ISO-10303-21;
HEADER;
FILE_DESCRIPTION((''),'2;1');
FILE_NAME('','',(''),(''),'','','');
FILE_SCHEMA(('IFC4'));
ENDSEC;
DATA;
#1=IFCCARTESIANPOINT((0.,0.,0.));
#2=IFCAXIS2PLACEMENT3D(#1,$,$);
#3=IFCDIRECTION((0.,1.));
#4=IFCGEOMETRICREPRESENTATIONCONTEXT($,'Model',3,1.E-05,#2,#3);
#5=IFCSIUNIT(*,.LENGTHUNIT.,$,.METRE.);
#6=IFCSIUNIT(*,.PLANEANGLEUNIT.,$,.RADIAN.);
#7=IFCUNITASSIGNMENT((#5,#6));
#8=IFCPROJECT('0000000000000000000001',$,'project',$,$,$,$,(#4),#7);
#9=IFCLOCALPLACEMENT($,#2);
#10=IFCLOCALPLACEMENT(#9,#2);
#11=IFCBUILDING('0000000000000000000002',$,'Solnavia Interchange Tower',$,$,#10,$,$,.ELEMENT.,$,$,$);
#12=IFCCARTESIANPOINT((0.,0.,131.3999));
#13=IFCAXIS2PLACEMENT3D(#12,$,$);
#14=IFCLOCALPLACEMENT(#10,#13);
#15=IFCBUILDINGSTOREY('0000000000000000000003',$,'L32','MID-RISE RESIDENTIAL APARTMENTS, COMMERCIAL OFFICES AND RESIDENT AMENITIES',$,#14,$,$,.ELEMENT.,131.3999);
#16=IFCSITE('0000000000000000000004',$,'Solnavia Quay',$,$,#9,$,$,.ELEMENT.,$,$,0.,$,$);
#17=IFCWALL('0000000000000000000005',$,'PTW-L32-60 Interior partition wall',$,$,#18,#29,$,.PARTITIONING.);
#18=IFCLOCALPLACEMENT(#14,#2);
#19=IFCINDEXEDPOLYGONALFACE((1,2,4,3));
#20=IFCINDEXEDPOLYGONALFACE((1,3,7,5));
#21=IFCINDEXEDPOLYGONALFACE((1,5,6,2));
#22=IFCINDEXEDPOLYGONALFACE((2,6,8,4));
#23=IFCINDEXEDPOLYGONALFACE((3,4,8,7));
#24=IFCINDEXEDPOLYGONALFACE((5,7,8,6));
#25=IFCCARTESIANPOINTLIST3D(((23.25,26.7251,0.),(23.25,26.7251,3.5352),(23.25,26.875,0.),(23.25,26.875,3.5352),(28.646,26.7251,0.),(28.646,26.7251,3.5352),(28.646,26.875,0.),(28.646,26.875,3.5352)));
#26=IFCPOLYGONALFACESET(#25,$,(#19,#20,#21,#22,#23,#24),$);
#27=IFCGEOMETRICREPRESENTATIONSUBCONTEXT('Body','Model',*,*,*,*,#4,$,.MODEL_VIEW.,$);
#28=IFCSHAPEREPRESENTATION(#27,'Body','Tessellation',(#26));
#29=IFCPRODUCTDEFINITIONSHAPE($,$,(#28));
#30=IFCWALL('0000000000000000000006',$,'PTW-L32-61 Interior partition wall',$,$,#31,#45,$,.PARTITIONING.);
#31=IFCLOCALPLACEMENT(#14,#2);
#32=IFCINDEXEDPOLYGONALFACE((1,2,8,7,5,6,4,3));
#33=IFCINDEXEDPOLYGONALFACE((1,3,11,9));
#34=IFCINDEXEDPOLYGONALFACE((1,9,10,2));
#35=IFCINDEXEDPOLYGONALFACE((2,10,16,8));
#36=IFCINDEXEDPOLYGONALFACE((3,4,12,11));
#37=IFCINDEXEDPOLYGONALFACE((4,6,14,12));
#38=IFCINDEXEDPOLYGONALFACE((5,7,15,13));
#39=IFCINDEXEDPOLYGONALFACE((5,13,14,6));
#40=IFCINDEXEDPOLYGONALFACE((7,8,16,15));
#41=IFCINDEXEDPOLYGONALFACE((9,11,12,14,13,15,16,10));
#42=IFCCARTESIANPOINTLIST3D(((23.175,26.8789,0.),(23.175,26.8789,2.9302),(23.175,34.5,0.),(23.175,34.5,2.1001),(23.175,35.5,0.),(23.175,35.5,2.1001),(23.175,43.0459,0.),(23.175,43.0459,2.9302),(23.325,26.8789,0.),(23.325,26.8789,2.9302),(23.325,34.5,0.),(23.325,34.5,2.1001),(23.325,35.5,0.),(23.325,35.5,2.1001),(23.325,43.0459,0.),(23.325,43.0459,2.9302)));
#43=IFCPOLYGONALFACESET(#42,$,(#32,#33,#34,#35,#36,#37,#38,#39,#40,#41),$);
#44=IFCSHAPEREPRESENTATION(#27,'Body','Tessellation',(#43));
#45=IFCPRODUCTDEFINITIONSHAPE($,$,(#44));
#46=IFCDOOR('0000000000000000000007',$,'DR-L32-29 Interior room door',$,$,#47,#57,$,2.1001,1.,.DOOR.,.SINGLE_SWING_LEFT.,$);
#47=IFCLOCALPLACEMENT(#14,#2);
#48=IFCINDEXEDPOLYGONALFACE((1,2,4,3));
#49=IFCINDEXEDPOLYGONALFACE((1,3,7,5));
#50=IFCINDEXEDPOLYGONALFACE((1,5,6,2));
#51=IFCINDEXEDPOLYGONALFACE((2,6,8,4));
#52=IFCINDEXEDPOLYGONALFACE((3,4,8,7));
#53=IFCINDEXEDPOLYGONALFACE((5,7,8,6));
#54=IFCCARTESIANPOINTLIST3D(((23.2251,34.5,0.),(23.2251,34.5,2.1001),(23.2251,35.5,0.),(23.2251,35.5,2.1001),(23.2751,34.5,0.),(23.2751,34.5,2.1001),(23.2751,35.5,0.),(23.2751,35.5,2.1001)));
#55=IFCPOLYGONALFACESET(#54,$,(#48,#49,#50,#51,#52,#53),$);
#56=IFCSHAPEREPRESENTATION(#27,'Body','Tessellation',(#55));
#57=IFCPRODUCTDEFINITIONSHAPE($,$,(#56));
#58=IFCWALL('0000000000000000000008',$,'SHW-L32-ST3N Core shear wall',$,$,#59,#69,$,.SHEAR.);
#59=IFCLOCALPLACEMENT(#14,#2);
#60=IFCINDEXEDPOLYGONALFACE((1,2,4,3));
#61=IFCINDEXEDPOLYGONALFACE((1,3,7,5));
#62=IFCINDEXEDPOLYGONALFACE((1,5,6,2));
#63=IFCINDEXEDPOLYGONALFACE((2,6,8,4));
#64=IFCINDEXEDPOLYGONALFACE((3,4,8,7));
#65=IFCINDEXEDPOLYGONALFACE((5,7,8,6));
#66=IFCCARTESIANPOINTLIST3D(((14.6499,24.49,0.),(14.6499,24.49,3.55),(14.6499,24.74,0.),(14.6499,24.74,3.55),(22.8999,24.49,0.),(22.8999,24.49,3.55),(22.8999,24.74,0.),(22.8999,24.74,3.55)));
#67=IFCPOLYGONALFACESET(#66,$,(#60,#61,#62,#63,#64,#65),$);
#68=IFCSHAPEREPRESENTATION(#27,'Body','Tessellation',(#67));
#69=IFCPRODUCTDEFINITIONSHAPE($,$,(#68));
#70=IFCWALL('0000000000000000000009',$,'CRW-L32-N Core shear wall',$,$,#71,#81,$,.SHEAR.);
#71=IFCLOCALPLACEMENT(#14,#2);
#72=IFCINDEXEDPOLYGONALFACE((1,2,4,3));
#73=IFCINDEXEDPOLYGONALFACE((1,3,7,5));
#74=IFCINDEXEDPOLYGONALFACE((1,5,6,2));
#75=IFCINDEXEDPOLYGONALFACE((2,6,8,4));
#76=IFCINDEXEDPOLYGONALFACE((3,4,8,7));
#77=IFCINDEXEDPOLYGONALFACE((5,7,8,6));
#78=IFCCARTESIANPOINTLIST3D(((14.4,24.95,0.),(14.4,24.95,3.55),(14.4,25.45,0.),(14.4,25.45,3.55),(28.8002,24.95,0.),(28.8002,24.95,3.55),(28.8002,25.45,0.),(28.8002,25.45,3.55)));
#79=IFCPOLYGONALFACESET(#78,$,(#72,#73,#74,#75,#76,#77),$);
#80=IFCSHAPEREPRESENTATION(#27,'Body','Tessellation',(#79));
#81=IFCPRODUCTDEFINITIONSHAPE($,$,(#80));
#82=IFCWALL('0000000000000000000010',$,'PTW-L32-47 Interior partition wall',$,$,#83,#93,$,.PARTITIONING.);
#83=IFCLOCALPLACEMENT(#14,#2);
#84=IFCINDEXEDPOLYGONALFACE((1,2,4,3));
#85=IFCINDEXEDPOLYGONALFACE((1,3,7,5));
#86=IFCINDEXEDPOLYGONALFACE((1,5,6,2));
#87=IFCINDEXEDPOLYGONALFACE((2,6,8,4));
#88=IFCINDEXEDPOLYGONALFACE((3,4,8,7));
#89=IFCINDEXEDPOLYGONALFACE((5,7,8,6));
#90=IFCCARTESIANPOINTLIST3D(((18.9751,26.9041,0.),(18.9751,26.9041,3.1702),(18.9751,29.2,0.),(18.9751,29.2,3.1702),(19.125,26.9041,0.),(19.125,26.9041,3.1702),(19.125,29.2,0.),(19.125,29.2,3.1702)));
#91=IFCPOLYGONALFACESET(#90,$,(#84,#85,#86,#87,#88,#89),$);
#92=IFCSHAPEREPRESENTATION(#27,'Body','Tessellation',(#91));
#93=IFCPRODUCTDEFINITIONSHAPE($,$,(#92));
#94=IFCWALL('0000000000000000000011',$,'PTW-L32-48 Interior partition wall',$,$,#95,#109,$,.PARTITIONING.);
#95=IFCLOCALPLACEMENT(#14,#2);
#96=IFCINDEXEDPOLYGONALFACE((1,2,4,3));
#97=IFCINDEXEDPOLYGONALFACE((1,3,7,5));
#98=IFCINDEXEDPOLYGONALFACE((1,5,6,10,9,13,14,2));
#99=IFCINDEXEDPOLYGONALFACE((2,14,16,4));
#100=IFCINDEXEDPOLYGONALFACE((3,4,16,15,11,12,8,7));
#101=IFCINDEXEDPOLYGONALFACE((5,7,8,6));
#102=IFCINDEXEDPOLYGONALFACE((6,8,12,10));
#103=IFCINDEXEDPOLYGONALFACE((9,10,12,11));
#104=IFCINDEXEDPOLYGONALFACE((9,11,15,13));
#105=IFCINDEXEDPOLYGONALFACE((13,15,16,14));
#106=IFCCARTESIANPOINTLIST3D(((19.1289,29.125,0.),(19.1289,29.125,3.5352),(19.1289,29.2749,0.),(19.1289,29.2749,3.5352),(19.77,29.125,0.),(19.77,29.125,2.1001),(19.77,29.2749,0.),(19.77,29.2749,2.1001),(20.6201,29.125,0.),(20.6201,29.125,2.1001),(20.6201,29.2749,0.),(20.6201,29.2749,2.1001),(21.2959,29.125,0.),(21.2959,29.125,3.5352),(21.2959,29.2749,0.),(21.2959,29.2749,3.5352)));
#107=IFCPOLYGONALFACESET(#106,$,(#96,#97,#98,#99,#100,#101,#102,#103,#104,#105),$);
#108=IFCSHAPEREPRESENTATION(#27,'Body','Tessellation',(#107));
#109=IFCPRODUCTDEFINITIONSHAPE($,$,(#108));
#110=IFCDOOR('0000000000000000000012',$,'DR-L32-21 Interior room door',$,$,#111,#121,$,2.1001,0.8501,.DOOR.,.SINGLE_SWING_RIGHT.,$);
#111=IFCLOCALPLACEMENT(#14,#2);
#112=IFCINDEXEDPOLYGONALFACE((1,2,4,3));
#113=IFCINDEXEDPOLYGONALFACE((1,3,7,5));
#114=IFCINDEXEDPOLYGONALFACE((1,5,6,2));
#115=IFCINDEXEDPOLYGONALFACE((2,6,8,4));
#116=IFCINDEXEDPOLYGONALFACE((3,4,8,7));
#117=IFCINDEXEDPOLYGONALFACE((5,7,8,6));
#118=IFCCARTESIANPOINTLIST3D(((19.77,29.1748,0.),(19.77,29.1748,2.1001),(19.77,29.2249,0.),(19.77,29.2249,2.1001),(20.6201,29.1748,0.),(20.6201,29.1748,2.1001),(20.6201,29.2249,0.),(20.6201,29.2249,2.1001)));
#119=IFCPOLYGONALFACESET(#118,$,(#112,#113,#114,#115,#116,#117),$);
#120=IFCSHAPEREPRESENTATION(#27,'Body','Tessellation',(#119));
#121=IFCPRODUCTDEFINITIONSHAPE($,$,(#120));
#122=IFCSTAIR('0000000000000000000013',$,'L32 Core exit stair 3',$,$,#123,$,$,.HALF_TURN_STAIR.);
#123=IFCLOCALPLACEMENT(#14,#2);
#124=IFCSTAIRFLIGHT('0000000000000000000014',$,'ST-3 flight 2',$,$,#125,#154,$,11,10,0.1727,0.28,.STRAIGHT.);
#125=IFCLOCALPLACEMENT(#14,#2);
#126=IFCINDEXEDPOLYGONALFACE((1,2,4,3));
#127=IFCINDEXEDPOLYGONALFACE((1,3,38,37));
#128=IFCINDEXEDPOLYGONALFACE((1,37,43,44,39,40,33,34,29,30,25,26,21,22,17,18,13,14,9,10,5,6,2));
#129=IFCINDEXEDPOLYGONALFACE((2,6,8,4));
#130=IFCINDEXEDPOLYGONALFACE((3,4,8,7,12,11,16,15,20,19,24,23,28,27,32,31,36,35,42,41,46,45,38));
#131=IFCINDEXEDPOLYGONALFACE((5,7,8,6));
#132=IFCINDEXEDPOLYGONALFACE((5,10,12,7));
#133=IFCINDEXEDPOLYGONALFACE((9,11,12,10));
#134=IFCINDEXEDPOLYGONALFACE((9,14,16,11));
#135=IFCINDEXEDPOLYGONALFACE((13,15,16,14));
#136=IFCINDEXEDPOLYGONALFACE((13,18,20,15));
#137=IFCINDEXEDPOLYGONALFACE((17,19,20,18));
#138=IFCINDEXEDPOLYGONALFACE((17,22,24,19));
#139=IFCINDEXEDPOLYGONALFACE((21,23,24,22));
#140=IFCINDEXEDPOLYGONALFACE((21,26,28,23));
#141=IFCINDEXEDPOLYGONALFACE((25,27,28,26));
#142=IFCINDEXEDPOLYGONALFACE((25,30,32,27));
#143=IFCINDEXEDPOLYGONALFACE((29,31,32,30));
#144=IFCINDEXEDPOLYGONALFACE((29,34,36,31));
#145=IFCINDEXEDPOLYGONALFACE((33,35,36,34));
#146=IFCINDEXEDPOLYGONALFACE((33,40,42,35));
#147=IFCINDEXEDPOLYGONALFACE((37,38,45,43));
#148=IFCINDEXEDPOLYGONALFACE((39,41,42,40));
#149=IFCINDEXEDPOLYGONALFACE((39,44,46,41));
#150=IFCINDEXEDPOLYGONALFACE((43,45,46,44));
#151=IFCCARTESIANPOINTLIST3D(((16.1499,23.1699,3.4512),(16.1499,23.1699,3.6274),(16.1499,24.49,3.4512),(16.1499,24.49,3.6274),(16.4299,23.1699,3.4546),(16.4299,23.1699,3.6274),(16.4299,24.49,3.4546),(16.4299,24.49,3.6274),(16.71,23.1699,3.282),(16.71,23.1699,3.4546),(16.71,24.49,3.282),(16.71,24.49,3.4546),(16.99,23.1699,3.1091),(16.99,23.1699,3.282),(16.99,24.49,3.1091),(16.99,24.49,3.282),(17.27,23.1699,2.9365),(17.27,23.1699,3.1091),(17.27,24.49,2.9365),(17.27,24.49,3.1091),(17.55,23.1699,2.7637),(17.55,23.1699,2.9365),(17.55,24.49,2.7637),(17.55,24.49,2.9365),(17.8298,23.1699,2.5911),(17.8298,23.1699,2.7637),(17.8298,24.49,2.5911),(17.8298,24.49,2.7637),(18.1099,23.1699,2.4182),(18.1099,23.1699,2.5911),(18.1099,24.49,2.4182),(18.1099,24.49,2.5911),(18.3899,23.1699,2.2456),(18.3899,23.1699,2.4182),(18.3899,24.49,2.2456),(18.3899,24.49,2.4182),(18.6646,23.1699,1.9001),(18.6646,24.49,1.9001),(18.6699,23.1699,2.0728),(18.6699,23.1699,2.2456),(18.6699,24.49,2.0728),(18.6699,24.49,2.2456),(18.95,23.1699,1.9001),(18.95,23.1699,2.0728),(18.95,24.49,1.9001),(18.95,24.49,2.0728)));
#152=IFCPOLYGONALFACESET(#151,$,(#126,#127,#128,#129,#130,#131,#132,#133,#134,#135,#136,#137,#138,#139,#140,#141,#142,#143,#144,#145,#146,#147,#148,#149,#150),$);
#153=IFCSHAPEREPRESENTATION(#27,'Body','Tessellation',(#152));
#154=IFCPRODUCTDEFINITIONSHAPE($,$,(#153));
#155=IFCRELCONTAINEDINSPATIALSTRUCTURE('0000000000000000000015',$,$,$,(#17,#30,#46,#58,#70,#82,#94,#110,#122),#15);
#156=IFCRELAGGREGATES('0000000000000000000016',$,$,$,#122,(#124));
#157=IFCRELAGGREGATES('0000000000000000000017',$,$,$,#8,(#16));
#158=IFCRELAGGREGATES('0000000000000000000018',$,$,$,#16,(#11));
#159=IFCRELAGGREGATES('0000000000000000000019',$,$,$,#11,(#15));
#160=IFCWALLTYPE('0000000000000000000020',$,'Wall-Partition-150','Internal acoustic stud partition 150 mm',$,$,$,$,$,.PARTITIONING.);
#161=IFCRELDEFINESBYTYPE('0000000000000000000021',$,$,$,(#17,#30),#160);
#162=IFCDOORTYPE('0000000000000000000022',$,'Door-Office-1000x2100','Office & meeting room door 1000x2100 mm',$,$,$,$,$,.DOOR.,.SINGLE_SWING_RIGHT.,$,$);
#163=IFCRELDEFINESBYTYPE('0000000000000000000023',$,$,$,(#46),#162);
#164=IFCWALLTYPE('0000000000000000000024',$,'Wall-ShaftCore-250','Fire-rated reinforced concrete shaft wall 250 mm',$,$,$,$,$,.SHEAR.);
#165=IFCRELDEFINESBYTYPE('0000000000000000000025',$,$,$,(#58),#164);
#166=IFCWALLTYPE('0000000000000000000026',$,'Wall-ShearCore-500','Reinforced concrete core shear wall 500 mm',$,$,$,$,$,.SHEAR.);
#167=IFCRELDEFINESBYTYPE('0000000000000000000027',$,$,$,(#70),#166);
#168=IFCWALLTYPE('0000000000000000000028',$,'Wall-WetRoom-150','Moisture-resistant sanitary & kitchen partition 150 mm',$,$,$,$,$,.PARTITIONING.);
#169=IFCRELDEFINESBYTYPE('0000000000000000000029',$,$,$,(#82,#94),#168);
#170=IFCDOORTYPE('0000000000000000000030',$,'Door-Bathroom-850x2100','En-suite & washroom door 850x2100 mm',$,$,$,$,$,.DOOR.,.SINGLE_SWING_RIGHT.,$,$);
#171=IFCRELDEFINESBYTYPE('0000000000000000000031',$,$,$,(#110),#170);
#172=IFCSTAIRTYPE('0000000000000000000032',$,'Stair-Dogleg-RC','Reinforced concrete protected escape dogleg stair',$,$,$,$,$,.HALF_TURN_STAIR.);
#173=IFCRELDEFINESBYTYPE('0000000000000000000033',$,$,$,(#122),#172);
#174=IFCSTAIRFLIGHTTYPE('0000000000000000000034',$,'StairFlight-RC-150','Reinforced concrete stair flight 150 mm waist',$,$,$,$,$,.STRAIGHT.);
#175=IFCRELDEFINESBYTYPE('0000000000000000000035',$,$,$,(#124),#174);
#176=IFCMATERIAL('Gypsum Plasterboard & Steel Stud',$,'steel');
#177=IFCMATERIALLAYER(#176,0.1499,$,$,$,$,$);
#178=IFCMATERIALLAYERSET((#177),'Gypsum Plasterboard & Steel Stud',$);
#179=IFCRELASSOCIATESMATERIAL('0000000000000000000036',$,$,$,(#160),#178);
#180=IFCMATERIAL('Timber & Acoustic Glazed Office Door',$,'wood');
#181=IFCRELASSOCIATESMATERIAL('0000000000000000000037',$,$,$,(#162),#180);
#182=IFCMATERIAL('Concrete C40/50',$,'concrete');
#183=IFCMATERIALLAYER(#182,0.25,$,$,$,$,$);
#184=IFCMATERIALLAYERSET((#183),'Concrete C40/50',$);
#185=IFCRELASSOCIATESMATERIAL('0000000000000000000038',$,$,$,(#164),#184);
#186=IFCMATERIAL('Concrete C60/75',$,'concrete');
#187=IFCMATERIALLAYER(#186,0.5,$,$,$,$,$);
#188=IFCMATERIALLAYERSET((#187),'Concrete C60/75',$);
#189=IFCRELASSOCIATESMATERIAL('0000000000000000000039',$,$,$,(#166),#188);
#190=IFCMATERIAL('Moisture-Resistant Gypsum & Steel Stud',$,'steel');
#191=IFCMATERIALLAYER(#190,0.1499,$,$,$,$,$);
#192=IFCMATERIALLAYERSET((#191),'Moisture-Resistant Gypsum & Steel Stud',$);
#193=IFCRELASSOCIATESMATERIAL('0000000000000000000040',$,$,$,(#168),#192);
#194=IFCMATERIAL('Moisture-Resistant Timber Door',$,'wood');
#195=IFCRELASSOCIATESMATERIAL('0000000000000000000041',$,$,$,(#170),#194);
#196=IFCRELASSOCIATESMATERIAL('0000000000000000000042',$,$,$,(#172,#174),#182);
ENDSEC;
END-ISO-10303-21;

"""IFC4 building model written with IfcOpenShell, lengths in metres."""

from ifc_helpers import new_model, si_unit, direction, frame, frame_2d, origin, place, context, subcontext, project, spatial, polyline, rectangle, outline, extrude, material, layer, layer_set, type_object, element, fill, aggregate, save


model = new_model("IFC4")

# Units and contexts
model_context = context("Model", 3, precision=1e-05, world=origin(), true_north=direction((0.0, 1.0)))
body_context = subcontext(model_context, "Body", "Model", "MODEL_VIEW")
ifc_project = project(units=[si_unit("LENGTHUNIT", "METRE"), si_unit("PLANEANGLEUNIT", "RADIAN")], contexts=[model_context])

# Site, building, storey
site_placement = place(None, origin())
site = spatial("IfcSite", under=ifc_project, at=site_placement, Name="Solnavia Quay", CompositionType="ELEMENT", RefElevation=0.0)
building_placement = place(site_placement, origin())
building = spatial("IfcBuilding", under=site, at=building_placement, Name="Solnavia Interchange Tower", CompositionType="ELEMENT")
storey_placement = place(building_placement, frame((0.0, 0.0, 131.3999)))
storey = spatial("IfcBuildingStorey", under=building, at=storey_placement, Name="L32", Description="MID-RISE RESIDENTIAL APARTMENTS, COMMERCIAL OFFICES AND RESIDENT AMENITIES", CompositionType="ELEMENT", Elevation=131.3999)

# Shared definitions
ifc_material_1 = material(Name="Gypsum Plasterboard & Steel Stud", Category="steel")
ifc_layer_1 = layer(ifc_material_1, 0.1499)
ifc_layer_set_1 = layer_set([ifc_layer_1], Name="Gypsum Plasterboard & Steel Stud")
wall_type_1 = type_object("IfcWallType", Name="Wall-Partition-150", Description="Internal acoustic stud partition 150 mm", PredefinedType="PARTITIONING", material=ifc_layer_set_1)

# Wall
wall_1_placement = place(storey_placement, frame((23.25, 26.8, 0.0), z_axis=(0.0, 0.0, 1.0), x_axis=(1.0, 0.0, 0.0)))
element("IfcWall", 1, at=wall_1_placement, inside=storey, type_object=wall_type_1, Name="PTW-L32-60 Interior partition wall", PredefinedType="PARTITIONING", context=body_context, shape_type="SweptSolid", body=[
    extrude(rectangle(XDim=5.396, YDim=0.1499, at=frame_2d((2.698, 0.0))), origin(), (0.0, 0.0, 1.0), 3.5352),
])

# Wall, opening, door
wall_2_placement = place(storey_placement, frame((23.25, 26.8789, 0.0), z_axis=(0.0, 0.0, 1.0), x_axis=(0.0, 1.0, 0.0)))
wall_2 = element("IfcWall", 2, at=wall_2_placement, inside=storey, type_object=wall_type_1, Name="PTW-L32-61 Interior partition wall", PredefinedType="PARTITIONING", context=body_context, shape_type="SweptSolid", body=[
    extrude(rectangle(XDim=16.167, YDim=0.1499, at=frame_2d((8.0835, 0.0))), origin(), (0.0, 0.0, 1.0), 2.9302),
])
opening_1_placement = place(wall_2_placement, frame((7.6211, 0.0, 0.0)))
opening_1 = element("IfcOpeningElement", 3, at=opening_1_placement, cuts=wall_2, PredefinedType="OPENING", context=body_context, shape_type="SweptSolid", body=[
    extrude(rectangle(XDim=1.0, YDim=2.1001, at=frame_2d((0.5, 1.05))), frame((0.0, 0.085, 0.0), z_axis=(0.0, -1.0, 0.0), x_axis=(1.0, 0.0, 0.0)), (0.0, 0.0, 1.0), 0.1699),
])
ifc_material_2 = material(Name="Timber & Acoustic Glazed Office Door", Category="wood")
door_type_1 = type_object("IfcDoorType", Name="Door-Office-1000x2100", Description="Office & meeting room door 1000x2100 mm", OperationType="SINGLE_SWING_RIGHT", PredefinedType="DOOR", material=ifc_material_2)
door_1_placement = place(opening_1_placement, origin())
door_1 = element("IfcDoor", 4, at=door_1_placement, inside=storey, type_object=door_type_1, Name="DR-L32-29 Interior room door", OperationType="SINGLE_SWING_LEFT", OverallHeight=2.1001, OverallWidth=1.0, PredefinedType="DOOR", context=body_context, shape_type="SweptSolid", body=[
    extrude(rectangle(XDim=1.0, YDim=2.1001, at=frame_2d((0.5, 1.05))), frame((0.0, 0.0249, 0.0), z_axis=(0.0, -1.0, 0.0), x_axis=(1.0, 0.0, 0.0)), (0.0, 0.0, 1.0), 0.05),
])
fill(opening_1, door_1)

# Walls
ifc_material_3 = material(Name="Concrete C40/50", Category="concrete")
ifc_layer_2 = layer(ifc_material_3, 0.25)
ifc_layer_set_2 = layer_set([ifc_layer_2], Name="Concrete C40/50")
wall_type_2 = type_object("IfcWallType", Name="Wall-ShaftCore-250", Description="Fire-rated reinforced concrete shaft wall 250 mm", PredefinedType="SHEAR", material=ifc_layer_set_2)
wall_3_placement = place(storey_placement, frame((14.6499, 24.615, 0.0), z_axis=(0.0, 0.0, 1.0), x_axis=(1.0, 0.0, 0.0)))
element("IfcWall", 5, at=wall_3_placement, inside=storey, type_object=wall_type_2, Name="SHW-L32-ST3N Core shear wall", PredefinedType="SHEAR", context=body_context, shape_type="SweptSolid", body=[
    extrude(rectangle(XDim=8.25, YDim=0.25, at=frame_2d((4.125, 0.0))), origin(), (0.0, 0.0, 1.0), 3.55),
])
ifc_material_4 = material(Name="Concrete C60/75", Category="concrete")
ifc_layer_3 = layer(ifc_material_4, 0.5)
ifc_layer_set_3 = layer_set([ifc_layer_3], Name="Concrete C60/75")
wall_type_3 = type_object("IfcWallType", Name="Wall-ShearCore-500", Description="Reinforced concrete core shear wall 500 mm", PredefinedType="SHEAR", material=ifc_layer_set_3)
wall_4_placement = place(storey_placement, frame((14.3999, 25.2, 0.0), z_axis=(0.0, 0.0, 1.0), x_axis=(1.0, 0.0, 0.0)))
element("IfcWall", 6, at=wall_4_placement, inside=storey, type_object=wall_type_3, Name="CRW-L32-N Core shear wall", PredefinedType="SHEAR", context=body_context, shape_type="SweptSolid", body=[
    extrude(rectangle(XDim=14.4001, YDim=0.5, at=frame_2d((7.2002, 0.0))), origin(), (0.0, 0.0, 1.0), 3.55),
])
ifc_material_5 = material(Name="Moisture-Resistant Gypsum & Steel Stud", Category="steel")
ifc_layer_4 = layer(ifc_material_5, 0.1499)
ifc_layer_set_4 = layer_set([ifc_layer_4], Name="Moisture-Resistant Gypsum & Steel Stud")
wall_type_4 = type_object("IfcWallType", Name="Wall-WetRoom-150", Description="Moisture-resistant sanitary & kitchen partition 150 mm", PredefinedType="PARTITIONING", material=ifc_layer_set_4)
wall_5_placement = place(storey_placement, frame((19.05, 26.9041, 0.0), z_axis=(0.0, 0.0, 1.0), x_axis=(0.0, 1.0, 0.0)))
element("IfcWall", 7, at=wall_5_placement, inside=storey, type_object=wall_type_4, Name="PTW-L32-47 Interior partition wall", PredefinedType="PARTITIONING", context=body_context, shape_type="SweptSolid", body=[
    extrude(rectangle(XDim=2.2959, YDim=0.1499, at=frame_2d((1.1479, 0.0))), origin(), (0.0, 0.0, 1.0), 3.1702),
])

# Wall, opening, door
wall_6_placement = place(storey_placement, frame((19.1289, 29.2, 0.0), z_axis=(0.0, 0.0, 1.0), x_axis=(1.0, 0.0, 0.0)))
wall_6 = element("IfcWall", 8, at=wall_6_placement, inside=storey, type_object=wall_type_4, Name="PTW-L32-48 Interior partition wall", PredefinedType="PARTITIONING", context=body_context, shape_type="SweptSolid", body=[
    extrude(rectangle(XDim=2.167, YDim=0.1499, at=frame_2d((1.0835, 0.0))), origin(), (0.0, 0.0, 1.0), 3.5352),
])
opening_2_placement = place(wall_6_placement, frame((0.6411, 0.0, 0.0)))
opening_2 = element("IfcOpeningElement", 9, at=opening_2_placement, cuts=wall_6, PredefinedType="OPENING", context=body_context, shape_type="SweptSolid", body=[
    extrude(rectangle(XDim=0.8501, YDim=2.1001, at=frame_2d((0.425, 1.05))), frame((0.0, 0.085, 0.0), z_axis=(0.0, -1.0, 0.0), x_axis=(1.0, 0.0, 0.0)), (0.0, 0.0, 1.0), 0.1699),
])
ifc_material_6 = material(Name="Moisture-Resistant Timber Door", Category="wood")
door_type_2 = type_object("IfcDoorType", Name="Door-Bathroom-850x2100", Description="En-suite & washroom door 850x2100 mm", OperationType="SINGLE_SWING_RIGHT", PredefinedType="DOOR", material=ifc_material_6)
door_2_placement = place(opening_2_placement, origin())
door_2 = element("IfcDoor", 10, at=door_2_placement, inside=storey, type_object=door_type_2, Name="DR-L32-21 Interior room door", OperationType="SINGLE_SWING_RIGHT", OverallHeight=2.1001, OverallWidth=0.8501, PredefinedType="DOOR", context=body_context, shape_type="SweptSolid", body=[
    extrude(rectangle(XDim=0.8501, YDim=2.1001, at=frame_2d((0.425, 1.05))), frame((0.0, 0.0249, 0.0), z_axis=(0.0, -1.0, 0.0), x_axis=(1.0, 0.0, 0.0)), (0.0, 0.0, 1.0), 0.05),
])
fill(opening_2, door_2)

# Stair, stair flight
stair_type = type_object("IfcStairType", Name="Stair-Dogleg-RC", Description="Reinforced concrete protected escape dogleg stair", PredefinedType="HALF_TURN_STAIR", material=ifc_material_3)
stair_placement = place(storey_placement, origin())
stair = element("IfcStair", 11, at=stair_placement, inside=storey, type_object=stair_type, Name="L32 Core exit stair 3", PredefinedType="HALF_TURN_STAIR")
stair_flight_type = type_object("IfcStairFlightType", Name="StairFlight-RC-150", Description="Reinforced concrete stair flight 150 mm waist", PredefinedType="STRAIGHT", material=ifc_material_3)
stair_flight_placement = place(storey_placement, frame((18.95, 23.8301, 1.9001), z_axis=(0.0, 0.0, 1.0), x_axis=(-1.0, 0.0, 0.0)))
stair_flight = element("IfcStairFlight", 12, at=stair_flight_placement, type_object=stair_flight_type, Name="ST-3 flight 2", NumberOfRisers=11, NumberOfTreads=10, PredefinedType="STRAIGHT", RiserHeight=0.1727, TreadLength=0.28, context=body_context, shape_type="SweptSolid", body=[
    extrude(outline(polyline([(0.0, 0.0), (0.0, 0.1726), (0.28, 0.1726), (0.28, 0.3455), (0.5601, 0.3455), (0.5601, 0.5181), (0.8401, 0.5181), (0.8401, 0.6909), (1.1201, 0.6909), (1.1201, 0.8635), (1.3999, 0.8635), (1.3999, 1.0364), (1.6799, 1.0364), (1.6799, 1.209), (1.96, 1.209), (1.96, 1.3818), (2.24, 1.3818), (2.24, 1.5544), (2.52, 1.5544), (2.52, 1.7273), (2.8, 1.7273), (2.8, 1.8999), (2.8, 1.551), (0.2854, 0.0), (0.0, 0.0)])), frame((0.0, 0.6602, 0.0), z_axis=(0.0, -1.0, 0.0), x_axis=(1.0, 0.0, 0.0)), (0.0, 0.0, 1.0), 1.3201),
])
aggregate(stair, [stair_flight])

save(model, "model.ifc")
